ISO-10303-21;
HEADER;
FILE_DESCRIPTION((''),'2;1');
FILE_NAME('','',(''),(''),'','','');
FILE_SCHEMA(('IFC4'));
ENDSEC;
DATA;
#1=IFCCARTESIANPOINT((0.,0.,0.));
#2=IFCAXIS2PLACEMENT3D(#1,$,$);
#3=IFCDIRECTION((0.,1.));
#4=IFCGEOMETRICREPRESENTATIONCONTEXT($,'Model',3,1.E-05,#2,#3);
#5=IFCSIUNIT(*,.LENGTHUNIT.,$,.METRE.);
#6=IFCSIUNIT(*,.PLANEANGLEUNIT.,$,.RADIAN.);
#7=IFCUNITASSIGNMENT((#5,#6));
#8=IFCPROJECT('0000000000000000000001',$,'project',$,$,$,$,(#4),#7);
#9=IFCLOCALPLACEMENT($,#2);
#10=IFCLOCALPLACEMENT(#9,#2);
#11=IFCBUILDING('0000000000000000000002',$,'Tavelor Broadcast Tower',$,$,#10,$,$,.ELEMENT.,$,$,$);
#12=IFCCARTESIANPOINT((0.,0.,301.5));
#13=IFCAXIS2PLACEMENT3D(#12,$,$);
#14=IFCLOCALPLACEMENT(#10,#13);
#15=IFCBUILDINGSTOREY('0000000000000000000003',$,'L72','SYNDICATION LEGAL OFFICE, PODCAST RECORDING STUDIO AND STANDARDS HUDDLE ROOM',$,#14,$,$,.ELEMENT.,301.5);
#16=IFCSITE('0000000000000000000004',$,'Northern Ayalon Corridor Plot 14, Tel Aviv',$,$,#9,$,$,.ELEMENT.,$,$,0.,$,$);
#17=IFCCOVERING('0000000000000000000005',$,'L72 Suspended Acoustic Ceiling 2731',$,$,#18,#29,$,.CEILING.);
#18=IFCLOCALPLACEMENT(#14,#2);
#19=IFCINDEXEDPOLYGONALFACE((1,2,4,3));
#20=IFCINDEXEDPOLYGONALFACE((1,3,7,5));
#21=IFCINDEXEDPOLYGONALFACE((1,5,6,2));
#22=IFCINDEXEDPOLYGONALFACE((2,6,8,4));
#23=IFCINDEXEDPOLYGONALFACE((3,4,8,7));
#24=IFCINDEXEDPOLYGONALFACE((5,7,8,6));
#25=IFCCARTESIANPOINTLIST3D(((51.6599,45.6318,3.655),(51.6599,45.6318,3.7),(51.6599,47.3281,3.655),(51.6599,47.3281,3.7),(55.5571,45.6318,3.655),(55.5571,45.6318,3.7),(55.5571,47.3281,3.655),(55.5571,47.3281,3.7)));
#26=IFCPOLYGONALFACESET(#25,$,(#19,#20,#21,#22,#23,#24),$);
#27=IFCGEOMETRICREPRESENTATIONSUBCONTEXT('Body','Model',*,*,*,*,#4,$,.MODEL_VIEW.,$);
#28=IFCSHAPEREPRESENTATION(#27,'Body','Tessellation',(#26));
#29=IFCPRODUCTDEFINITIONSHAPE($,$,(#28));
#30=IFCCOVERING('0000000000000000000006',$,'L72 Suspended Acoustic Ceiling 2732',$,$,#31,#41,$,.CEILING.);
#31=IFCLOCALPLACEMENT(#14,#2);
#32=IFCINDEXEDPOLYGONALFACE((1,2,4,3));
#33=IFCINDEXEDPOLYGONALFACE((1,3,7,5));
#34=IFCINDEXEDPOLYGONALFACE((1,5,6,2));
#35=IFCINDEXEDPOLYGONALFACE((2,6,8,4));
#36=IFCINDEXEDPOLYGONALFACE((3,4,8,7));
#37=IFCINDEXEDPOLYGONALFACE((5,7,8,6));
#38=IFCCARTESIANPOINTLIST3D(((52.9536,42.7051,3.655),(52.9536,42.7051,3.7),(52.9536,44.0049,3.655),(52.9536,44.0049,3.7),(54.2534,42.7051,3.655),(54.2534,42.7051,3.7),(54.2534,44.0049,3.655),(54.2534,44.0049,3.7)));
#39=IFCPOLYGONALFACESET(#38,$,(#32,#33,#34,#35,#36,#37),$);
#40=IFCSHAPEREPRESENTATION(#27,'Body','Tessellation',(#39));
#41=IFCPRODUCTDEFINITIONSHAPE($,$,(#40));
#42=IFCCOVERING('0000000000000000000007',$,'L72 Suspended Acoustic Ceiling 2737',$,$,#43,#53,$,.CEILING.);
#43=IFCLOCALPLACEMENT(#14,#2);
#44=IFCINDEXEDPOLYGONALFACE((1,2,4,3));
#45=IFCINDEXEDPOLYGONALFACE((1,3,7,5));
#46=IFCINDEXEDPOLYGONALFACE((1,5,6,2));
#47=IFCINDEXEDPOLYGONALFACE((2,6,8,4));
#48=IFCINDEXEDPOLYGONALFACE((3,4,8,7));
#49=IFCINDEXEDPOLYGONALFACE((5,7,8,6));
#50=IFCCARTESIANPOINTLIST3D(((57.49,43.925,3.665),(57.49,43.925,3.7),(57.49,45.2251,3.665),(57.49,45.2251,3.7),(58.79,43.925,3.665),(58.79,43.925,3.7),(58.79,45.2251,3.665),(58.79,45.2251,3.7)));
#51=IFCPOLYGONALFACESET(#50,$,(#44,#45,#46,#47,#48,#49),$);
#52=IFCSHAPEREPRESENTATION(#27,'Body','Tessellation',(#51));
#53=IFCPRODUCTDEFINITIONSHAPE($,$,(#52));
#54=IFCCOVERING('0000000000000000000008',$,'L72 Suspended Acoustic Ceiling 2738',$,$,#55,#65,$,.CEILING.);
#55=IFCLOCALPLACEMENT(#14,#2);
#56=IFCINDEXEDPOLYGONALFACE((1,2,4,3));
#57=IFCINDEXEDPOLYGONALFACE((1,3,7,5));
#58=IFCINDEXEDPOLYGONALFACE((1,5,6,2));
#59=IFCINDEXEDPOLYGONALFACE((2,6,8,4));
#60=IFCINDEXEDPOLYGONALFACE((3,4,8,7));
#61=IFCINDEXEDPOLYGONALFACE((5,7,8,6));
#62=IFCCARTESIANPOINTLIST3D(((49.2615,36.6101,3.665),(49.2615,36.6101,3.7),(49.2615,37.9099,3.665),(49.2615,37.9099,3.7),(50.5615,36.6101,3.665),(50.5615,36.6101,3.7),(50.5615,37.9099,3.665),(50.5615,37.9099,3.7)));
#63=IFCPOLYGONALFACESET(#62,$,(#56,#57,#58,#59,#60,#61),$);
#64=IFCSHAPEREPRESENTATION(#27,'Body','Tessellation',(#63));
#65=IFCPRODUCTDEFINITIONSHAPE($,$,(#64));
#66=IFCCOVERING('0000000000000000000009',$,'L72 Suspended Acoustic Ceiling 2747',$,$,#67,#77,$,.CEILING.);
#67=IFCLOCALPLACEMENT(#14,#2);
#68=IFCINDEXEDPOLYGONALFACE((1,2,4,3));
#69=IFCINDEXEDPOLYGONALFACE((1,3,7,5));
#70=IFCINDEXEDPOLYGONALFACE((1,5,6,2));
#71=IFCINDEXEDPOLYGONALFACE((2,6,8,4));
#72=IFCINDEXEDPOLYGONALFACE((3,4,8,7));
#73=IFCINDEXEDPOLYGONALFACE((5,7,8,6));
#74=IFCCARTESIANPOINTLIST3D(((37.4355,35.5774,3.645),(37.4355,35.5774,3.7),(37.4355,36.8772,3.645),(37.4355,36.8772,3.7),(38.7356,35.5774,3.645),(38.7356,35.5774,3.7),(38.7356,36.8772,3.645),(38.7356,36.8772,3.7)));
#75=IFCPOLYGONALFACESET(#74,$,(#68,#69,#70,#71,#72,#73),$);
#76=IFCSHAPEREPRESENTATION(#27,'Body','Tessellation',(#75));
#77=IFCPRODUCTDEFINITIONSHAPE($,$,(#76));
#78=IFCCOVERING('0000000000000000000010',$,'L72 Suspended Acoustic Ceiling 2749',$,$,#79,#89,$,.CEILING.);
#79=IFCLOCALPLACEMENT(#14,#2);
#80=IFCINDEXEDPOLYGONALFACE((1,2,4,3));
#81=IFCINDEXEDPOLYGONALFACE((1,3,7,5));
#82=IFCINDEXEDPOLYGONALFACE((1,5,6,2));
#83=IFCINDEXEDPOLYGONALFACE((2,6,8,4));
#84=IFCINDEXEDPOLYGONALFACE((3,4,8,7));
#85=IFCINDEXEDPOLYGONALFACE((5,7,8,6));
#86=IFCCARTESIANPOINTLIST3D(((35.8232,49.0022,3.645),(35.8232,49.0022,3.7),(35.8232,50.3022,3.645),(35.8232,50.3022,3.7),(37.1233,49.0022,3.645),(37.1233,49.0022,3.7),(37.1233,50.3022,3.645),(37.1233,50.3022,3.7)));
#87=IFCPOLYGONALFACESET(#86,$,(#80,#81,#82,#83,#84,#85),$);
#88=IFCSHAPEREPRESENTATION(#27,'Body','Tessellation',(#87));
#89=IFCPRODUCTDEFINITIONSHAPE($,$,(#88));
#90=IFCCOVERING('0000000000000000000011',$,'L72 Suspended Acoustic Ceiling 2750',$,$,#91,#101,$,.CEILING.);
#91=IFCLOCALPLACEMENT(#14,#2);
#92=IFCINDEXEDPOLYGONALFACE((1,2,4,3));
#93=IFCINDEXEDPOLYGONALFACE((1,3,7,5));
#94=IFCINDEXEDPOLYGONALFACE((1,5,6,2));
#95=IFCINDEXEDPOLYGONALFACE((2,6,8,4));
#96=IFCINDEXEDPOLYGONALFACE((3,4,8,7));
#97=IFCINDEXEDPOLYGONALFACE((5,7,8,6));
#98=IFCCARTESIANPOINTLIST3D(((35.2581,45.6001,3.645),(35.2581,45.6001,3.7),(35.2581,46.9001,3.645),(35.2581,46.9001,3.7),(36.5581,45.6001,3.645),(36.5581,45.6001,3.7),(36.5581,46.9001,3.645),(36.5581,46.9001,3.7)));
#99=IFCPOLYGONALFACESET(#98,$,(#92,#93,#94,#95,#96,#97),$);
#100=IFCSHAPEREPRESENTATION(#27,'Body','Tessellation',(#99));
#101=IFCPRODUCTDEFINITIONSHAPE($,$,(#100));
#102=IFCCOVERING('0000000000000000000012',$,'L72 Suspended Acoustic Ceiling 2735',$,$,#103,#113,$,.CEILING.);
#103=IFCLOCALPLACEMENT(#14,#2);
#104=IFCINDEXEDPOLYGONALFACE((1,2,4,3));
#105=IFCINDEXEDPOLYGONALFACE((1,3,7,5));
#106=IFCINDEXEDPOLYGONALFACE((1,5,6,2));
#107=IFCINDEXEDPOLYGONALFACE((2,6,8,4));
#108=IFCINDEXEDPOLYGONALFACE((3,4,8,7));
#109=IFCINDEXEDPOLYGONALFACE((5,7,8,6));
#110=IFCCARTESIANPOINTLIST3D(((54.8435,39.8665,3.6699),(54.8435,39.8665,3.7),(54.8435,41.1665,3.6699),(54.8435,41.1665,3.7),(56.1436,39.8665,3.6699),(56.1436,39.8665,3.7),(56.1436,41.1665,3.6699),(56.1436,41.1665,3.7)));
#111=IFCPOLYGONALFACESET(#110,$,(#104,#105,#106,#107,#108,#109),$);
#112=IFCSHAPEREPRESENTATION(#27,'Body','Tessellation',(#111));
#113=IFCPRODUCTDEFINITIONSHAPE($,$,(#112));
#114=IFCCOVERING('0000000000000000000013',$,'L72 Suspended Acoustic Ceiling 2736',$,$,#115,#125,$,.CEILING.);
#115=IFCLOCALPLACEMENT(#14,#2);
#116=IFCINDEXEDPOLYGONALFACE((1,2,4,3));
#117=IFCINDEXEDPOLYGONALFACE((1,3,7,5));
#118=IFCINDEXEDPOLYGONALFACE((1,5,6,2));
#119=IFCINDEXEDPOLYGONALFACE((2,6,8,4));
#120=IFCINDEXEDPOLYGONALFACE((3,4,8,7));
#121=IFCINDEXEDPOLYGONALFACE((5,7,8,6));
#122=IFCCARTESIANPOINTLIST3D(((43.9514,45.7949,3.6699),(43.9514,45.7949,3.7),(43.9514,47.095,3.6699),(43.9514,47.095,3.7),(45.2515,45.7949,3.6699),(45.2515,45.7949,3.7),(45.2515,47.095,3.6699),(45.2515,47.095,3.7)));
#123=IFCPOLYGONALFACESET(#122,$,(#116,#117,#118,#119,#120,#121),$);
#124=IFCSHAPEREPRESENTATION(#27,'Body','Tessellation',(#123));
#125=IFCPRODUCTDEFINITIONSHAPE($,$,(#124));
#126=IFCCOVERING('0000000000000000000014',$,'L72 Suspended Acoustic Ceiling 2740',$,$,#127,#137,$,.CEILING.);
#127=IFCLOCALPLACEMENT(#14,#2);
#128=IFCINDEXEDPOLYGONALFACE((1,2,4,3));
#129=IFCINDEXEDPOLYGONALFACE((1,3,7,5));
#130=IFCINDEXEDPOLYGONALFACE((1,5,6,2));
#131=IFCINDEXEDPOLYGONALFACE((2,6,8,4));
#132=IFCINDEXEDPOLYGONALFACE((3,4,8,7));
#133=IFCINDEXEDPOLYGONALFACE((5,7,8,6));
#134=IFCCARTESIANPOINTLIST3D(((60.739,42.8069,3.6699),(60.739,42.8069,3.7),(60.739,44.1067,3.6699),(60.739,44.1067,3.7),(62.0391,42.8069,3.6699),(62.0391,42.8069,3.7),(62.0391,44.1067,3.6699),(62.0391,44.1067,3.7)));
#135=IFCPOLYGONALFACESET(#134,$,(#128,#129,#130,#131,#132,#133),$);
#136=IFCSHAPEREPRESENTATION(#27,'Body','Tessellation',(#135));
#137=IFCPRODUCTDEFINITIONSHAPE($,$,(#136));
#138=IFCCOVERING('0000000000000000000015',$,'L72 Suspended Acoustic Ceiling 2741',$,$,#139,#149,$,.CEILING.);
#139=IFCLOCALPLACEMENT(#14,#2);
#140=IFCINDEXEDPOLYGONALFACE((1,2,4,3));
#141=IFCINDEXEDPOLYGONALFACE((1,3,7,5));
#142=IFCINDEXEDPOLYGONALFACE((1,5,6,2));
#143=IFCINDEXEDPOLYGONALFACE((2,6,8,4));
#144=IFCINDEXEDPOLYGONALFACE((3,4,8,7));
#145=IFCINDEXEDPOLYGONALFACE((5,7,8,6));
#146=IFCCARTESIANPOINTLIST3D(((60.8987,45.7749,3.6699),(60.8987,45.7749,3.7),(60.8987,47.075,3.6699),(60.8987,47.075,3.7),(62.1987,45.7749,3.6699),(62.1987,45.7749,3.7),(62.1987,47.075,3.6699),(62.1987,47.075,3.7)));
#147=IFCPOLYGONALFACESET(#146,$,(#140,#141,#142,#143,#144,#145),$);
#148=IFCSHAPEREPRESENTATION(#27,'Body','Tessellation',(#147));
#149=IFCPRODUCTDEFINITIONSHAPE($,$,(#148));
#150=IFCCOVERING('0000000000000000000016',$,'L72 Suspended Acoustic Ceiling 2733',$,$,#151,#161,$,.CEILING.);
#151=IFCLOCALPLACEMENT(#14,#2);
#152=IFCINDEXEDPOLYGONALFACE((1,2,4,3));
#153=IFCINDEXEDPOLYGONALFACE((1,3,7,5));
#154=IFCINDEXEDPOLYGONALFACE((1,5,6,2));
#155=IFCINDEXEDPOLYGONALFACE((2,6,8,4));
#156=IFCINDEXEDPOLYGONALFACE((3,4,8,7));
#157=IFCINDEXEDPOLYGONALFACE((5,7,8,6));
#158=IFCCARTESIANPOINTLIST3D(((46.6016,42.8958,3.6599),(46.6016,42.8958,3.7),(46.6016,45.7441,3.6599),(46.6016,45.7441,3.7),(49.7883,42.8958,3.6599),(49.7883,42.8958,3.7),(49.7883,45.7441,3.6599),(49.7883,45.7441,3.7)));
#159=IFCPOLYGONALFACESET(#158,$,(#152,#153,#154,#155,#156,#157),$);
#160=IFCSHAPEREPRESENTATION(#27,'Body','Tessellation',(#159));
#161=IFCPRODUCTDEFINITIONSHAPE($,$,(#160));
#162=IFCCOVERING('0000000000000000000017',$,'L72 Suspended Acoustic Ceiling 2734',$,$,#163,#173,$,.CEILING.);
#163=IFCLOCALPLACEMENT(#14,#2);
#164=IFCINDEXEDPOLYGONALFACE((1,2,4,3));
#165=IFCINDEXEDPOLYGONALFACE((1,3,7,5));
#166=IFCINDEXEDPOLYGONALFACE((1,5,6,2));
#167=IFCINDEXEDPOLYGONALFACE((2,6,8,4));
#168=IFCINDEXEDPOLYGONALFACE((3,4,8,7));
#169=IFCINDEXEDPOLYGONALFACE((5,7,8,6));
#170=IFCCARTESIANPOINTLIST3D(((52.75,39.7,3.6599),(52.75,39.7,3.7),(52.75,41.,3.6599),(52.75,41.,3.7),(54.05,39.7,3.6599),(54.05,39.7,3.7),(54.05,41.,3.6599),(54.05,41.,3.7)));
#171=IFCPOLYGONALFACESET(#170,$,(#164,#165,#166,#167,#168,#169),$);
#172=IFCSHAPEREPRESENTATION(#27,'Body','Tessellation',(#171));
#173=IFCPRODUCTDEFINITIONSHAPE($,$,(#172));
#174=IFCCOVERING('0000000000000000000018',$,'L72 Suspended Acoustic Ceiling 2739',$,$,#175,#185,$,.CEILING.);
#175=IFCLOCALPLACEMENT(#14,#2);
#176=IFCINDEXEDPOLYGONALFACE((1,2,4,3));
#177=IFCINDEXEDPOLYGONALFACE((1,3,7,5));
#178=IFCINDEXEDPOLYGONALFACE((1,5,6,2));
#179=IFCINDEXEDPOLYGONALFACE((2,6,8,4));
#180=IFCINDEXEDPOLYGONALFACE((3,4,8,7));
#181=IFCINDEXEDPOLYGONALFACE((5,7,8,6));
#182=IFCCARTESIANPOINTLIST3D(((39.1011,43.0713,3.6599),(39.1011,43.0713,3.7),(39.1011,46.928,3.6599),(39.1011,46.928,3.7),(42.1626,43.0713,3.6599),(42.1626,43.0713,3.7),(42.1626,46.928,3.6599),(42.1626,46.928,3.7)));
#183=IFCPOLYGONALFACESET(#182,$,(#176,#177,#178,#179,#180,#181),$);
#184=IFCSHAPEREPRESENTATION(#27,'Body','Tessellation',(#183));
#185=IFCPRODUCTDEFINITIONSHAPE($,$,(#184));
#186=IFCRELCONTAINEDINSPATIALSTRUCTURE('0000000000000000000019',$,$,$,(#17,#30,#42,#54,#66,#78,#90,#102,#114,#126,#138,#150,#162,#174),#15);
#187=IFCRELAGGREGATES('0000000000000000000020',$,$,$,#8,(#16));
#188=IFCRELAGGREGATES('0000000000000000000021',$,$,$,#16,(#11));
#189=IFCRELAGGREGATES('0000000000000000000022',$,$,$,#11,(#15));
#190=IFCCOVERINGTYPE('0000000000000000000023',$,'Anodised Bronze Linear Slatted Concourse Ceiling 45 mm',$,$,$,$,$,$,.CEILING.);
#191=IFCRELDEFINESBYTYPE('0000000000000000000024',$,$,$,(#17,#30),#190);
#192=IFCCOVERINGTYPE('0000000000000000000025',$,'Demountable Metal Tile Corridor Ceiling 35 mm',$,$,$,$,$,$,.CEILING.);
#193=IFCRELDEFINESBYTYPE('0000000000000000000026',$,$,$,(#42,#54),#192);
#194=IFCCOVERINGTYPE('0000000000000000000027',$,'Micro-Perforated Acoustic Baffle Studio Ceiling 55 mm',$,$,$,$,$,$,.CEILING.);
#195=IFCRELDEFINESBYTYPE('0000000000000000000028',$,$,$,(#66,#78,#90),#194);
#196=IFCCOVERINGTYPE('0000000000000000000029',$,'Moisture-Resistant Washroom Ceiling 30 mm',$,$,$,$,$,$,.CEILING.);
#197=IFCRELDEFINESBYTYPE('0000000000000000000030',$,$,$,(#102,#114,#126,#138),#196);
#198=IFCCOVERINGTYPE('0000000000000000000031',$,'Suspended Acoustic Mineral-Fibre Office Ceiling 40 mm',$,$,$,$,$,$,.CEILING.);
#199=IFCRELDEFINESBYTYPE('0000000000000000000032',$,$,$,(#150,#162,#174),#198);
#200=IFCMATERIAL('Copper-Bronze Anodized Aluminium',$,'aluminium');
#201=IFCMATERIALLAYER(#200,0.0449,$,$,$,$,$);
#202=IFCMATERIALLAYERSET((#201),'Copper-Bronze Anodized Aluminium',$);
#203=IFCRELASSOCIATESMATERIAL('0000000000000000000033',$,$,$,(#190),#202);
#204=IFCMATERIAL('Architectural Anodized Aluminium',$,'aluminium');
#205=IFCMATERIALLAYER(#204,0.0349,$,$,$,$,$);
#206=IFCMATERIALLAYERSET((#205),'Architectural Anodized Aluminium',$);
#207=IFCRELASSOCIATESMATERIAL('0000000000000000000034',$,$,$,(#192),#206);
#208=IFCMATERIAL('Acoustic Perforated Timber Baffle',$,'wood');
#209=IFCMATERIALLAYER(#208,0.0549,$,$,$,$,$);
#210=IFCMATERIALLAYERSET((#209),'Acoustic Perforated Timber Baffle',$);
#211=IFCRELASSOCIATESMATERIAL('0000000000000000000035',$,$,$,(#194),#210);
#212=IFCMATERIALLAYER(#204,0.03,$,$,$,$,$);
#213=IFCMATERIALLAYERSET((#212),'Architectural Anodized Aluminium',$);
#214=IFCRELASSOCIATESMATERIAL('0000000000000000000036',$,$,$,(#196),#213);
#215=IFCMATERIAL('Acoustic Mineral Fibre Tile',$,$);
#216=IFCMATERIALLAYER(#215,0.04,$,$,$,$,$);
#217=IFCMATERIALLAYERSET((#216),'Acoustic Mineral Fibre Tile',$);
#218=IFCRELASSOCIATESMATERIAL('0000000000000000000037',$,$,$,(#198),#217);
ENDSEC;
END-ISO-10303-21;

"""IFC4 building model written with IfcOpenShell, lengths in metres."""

from ifc_helpers import new_model, si_unit, direction, frame, origin, place, context, subcontext, project, spatial, polyline, outline, extrude, material, layer, layer_set, type_object, element, save


model = new_model("IFC4")

# Units and contexts
model_context = context("Model", 3, precision=1e-05, world=origin(), true_north=direction((0.0, 1.0)))
body_context = subcontext(model_context, "Body", "Model", "MODEL_VIEW")
ifc_project = project(units=[si_unit("LENGTHUNIT", "METRE"), si_unit("PLANEANGLEUNIT", "RADIAN")], contexts=[model_context])

# Site, building, storey
site_placement = place(None, origin())
site = spatial("IfcSite", under=ifc_project, at=site_placement, Name="Northern Ayalon Corridor Plot 14, Tel Aviv", CompositionType="ELEMENT", RefElevation=0.0)
building_placement = place(site_placement, origin())
building = spatial("IfcBuilding", under=site, at=building_placement, Name="Tavelor Broadcast Tower", CompositionType="ELEMENT")
storey_placement = place(building_placement, frame((0.0, 0.0, 301.5)))
storey = spatial("IfcBuildingStorey", under=building, at=storey_placement, Name="L72", Description="SYNDICATION LEGAL OFFICE, PODCAST RECORDING STUDIO AND STANDARDS HUDDLE ROOM", CompositionType="ELEMENT", Elevation=301.5)

# Coverings
ifc_material_1 = material(Name="Copper-Bronze Anodized Aluminium", Category="aluminium")
ifc_layer_1 = layer(ifc_material_1, 0.0449)
ifc_layer_set_1 = layer_set([ifc_layer_1], Name="Copper-Bronze Anodized Aluminium")
covering_type_1 = type_object("IfcCoveringType", Name="Anodised Bronze Linear Slatted Concourse Ceiling 45 mm", PredefinedType="CEILING", material=ifc_layer_set_1)
covering_1_placement = place(storey_placement, frame((0.0, 0.0, 3.655)))
element("IfcCovering", 1, at=covering_1_placement, inside=storey, type_object=covering_type_1, Name="L72 Suspended Acoustic Ceiling 2731", PredefinedType="CEILING", context=body_context, shape_type="SweptSolid", body=[
    extrude(outline(polyline([(51.6599, 45.6318), (55.5571, 45.6318), (55.5571, 47.3281), (51.6599, 47.3281), (51.6599, 45.6318)])), origin(), (0.0, 0.0, 1.0), 0.0449),
])
covering_2_placement = place(storey_placement, frame((0.0, 0.0, 3.655)))
element("IfcCovering", 2, at=covering_2_placement, inside=storey, type_object=covering_type_1, Name="L72 Suspended Acoustic Ceiling 2732", PredefinedType="CEILING", context=body_context, shape_type="SweptSolid", body=[
    extrude(outline(polyline([(52.9536, 42.7051), (54.2534, 42.7051), (54.2534, 44.0049), (52.9536, 44.0049), (52.9536, 42.7051)])), origin(), (0.0, 0.0, 1.0), 0.0449),
])
ifc_material_2 = material(Name="Architectural Anodized Aluminium", Category="aluminium")
ifc_layer_2 = layer(ifc_material_2, 0.0349)
ifc_layer_set_2 = layer_set([ifc_layer_2], Name="Architectural Anodized Aluminium")
covering_type_2 = type_object("IfcCoveringType", Name="Demountable Metal Tile Corridor Ceiling 35 mm", PredefinedType="CEILING", material=ifc_layer_set_2)
covering_3_placement = place(storey_placement, frame((0.0, 0.0, 3.665)))
element("IfcCovering", 3, at=covering_3_placement, inside=storey, type_object=covering_type_2, Name="L72 Suspended Acoustic Ceiling 2737", PredefinedType="CEILING", context=body_context, shape_type="SweptSolid", body=[
    extrude(outline(polyline([(57.49, 43.925), (58.79, 43.925), (58.79, 45.2251), (57.49, 45.2251), (57.49, 43.925)])), origin(), (0.0, 0.0, 1.0), 0.0349),
])
covering_4_placement = place(storey_placement, frame((0.0, 0.0, 3.665)))
element("IfcCovering", 4, at=covering_4_placement, inside=storey, type_object=covering_type_2, Name="L72 Suspended Acoustic Ceiling 2738", PredefinedType="CEILING", context=body_context, shape_type="SweptSolid", body=[
    extrude(outline(polyline([(49.2615, 36.6101), (50.5615, 36.6101), (50.5615, 37.9099), (49.2615, 37.9099), (49.2615, 36.6101)])), origin(), (0.0, 0.0, 1.0), 0.0349),
])
ifc_material_3 = material(Name="Acoustic Perforated Timber Baffle", Category="wood")
ifc_layer_3 = layer(ifc_material_3, 0.0549)
ifc_layer_set_3 = layer_set([ifc_layer_3], Name="Acoustic Perforated Timber Baffle")
covering_type_3 = type_object("IfcCoveringType", Name="Micro-Perforated Acoustic Baffle Studio Ceiling 55 mm", PredefinedType="CEILING", material=ifc_layer_set_3)
covering_5_placement = place(storey_placement, frame((0.0, 0.0, 3.645)))
element("IfcCovering", 5, at=covering_5_placement, inside=storey, type_object=covering_type_3, Name="L72 Suspended Acoustic Ceiling 2747", PredefinedType="CEILING", context=body_context, shape_type="SweptSolid", body=[
    extrude(outline(polyline([(37.4355, 35.5774), (38.7356, 35.5774), (38.7356, 36.8772), (37.4355, 36.8772), (37.4355, 35.5774)])), origin(), (0.0, 0.0, 1.0), 0.0549),
])
covering_6_placement = place(storey_placement, frame((0.0, 0.0, 3.645)))
element("IfcCovering", 6, at=covering_6_placement, inside=storey, type_object=covering_type_3, Name="L72 Suspended Acoustic Ceiling 2749", PredefinedType="CEILING", context=body_context, shape_type="SweptSolid", body=[
    extrude(outline(polyline([(35.8232, 49.0022), (37.1233, 49.0022), (37.1233, 50.3022), (35.8232, 50.3022), (35.8232, 49.0022)])), origin(), (0.0, 0.0, 1.0), 0.0549),
])
covering_7_placement = place(storey_placement, frame((0.0, 0.0, 3.645)))
element("IfcCovering", 7, at=covering_7_placement, inside=storey, type_object=covering_type_3, Name="L72 Suspended Acoustic Ceiling 2750", PredefinedType="CEILING", context=body_context, shape_type="SweptSolid", body=[
    extrude(outline(polyline([(35.2581, 45.6001), (36.5581, 45.6001), (36.5581, 46.9001), (35.2581, 46.9001), (35.2581, 45.6001)])), origin(), (0.0, 0.0, 1.0), 0.0549),
])
ifc_layer_4 = layer(ifc_material_2, 0.03)
ifc_layer_set_4 = layer_set([ifc_layer_4], Name="Architectural Anodized Aluminium")
covering_type_4 = type_object("IfcCoveringType", Name="Moisture-Resistant Washroom Ceiling 30 mm", PredefinedType="CEILING", material=ifc_layer_set_4)
covering_8_placement = place(storey_placement, frame((0.0, 0.0, 3.6699)))
element("IfcCovering", 8, at=covering_8_placement, inside=storey, type_object=covering_type_4, Name="L72 Suspended Acoustic Ceiling 2735", PredefinedType="CEILING", context=body_context, shape_type="SweptSolid", body=[
    extrude(outline(polyline([(54.8435, 39.8665), (56.1436, 39.8665), (56.1436, 41.1665), (54.8435, 41.1665), (54.8435, 39.8665)])), origin(), (0.0, 0.0, 1.0), 0.03),
])
covering_9_placement = place(storey_placement, frame((0.0, 0.0, 3.6699)))
element("IfcCovering", 9, at=covering_9_placement, inside=storey, type_object=covering_type_4, Name="L72 Suspended Acoustic Ceiling 2736", PredefinedType="CEILING", context=body_context, shape_type="SweptSolid", body=[
    extrude(outline(polyline([(43.9514, 45.7949), (45.2515, 45.7949), (45.2515, 47.095), (43.9514, 47.095), (43.9514, 45.7949)])), origin(), (0.0, 0.0, 1.0), 0.03),
])
covering_10_placement = place(storey_placement, frame((0.0, 0.0, 3.6699)))
element("IfcCovering", 10, at=covering_10_placement, inside=storey, type_object=covering_type_4, Name="L72 Suspended Acoustic Ceiling 2740", PredefinedType="CEILING", context=body_context, shape_type="SweptSolid", body=[
    extrude(outline(polyline([(60.739, 42.8069), (62.0391, 42.8069), (62.0391, 44.1067), (60.739, 44.1067), (60.739, 42.8069)])), origin(), (0.0, 0.0, 1.0), 0.03),
])
covering_11_placement = place(storey_placement, frame((0.0, 0.0, 3.6699)))
element("IfcCovering", 11, at=covering_11_placement, inside=storey, type_object=covering_type_4, Name="L72 Suspended Acoustic Ceiling 2741", PredefinedType="CEILING", context=body_context, shape_type="SweptSolid", body=[
    extrude(outline(polyline([(60.8987, 45.7749), (62.1987, 45.7749), (62.1987, 47.075), (60.8987, 47.075), (60.8987, 45.7749)])), origin(), (0.0, 0.0, 1.0), 0.03),
])
ifc_material_4 = material(Name="Acoustic Mineral Fibre Tile")
ifc_layer_5 = layer(ifc_material_4, 0.04)
ifc_layer_set_5 = layer_set([ifc_layer_5], Name="Acoustic Mineral Fibre Tile")
covering_type_5 = type_object("IfcCoveringType", Name="Suspended Acoustic Mineral-Fibre Office Ceiling 40 mm", PredefinedType="CEILING", material=ifc_layer_set_5)
covering_12_placement = place(storey_placement, frame((0.0, 0.0, 3.6599)))
element("IfcCovering", 12, at=covering_12_placement, inside=storey, type_object=covering_type_5, Name="L72 Suspended Acoustic Ceiling 2733", PredefinedType="CEILING", context=body_context, shape_type="SweptSolid", body=[
    extrude(outline(polyline([(46.6016, 42.8958), (49.7883, 42.8958), (49.7883, 45.7441), (46.6016, 45.7441), (46.6016, 42.8958)])), origin(), (0.0, 0.0, 1.0), 0.04),
])
covering_13_placement = place(storey_placement, frame((0.0, 0.0, 3.6599)))
element("IfcCovering", 13, at=covering_13_placement, inside=storey, type_object=covering_type_5, Name="L72 Suspended Acoustic Ceiling 2734", PredefinedType="CEILING", context=body_context, shape_type="SweptSolid", body=[
    extrude(outline(polyline([(52.75, 39.7), (54.05, 39.7), (54.05, 41.0), (52.75, 41.0), (52.75, 39.7)])), origin(), (0.0, 0.0, 1.0), 0.04),
])
covering_14_placement = place(storey_placement, frame((0.0, 0.0, 3.6599)))
element("IfcCovering", 14, at=covering_14_placement, inside=storey, type_object=covering_type_5, Name="L72 Suspended Acoustic Ceiling 2739", PredefinedType="CEILING", context=body_context, shape_type="SweptSolid", body=[
    extrude(outline(polyline([(39.1011, 43.0713), (42.1626, 43.0713), (42.1626, 46.928), (39.1011, 46.928), (39.1011, 43.0713)])), origin(), (0.0, 0.0, 1.0), 0.04),
])

save(model, "model.ifc")
